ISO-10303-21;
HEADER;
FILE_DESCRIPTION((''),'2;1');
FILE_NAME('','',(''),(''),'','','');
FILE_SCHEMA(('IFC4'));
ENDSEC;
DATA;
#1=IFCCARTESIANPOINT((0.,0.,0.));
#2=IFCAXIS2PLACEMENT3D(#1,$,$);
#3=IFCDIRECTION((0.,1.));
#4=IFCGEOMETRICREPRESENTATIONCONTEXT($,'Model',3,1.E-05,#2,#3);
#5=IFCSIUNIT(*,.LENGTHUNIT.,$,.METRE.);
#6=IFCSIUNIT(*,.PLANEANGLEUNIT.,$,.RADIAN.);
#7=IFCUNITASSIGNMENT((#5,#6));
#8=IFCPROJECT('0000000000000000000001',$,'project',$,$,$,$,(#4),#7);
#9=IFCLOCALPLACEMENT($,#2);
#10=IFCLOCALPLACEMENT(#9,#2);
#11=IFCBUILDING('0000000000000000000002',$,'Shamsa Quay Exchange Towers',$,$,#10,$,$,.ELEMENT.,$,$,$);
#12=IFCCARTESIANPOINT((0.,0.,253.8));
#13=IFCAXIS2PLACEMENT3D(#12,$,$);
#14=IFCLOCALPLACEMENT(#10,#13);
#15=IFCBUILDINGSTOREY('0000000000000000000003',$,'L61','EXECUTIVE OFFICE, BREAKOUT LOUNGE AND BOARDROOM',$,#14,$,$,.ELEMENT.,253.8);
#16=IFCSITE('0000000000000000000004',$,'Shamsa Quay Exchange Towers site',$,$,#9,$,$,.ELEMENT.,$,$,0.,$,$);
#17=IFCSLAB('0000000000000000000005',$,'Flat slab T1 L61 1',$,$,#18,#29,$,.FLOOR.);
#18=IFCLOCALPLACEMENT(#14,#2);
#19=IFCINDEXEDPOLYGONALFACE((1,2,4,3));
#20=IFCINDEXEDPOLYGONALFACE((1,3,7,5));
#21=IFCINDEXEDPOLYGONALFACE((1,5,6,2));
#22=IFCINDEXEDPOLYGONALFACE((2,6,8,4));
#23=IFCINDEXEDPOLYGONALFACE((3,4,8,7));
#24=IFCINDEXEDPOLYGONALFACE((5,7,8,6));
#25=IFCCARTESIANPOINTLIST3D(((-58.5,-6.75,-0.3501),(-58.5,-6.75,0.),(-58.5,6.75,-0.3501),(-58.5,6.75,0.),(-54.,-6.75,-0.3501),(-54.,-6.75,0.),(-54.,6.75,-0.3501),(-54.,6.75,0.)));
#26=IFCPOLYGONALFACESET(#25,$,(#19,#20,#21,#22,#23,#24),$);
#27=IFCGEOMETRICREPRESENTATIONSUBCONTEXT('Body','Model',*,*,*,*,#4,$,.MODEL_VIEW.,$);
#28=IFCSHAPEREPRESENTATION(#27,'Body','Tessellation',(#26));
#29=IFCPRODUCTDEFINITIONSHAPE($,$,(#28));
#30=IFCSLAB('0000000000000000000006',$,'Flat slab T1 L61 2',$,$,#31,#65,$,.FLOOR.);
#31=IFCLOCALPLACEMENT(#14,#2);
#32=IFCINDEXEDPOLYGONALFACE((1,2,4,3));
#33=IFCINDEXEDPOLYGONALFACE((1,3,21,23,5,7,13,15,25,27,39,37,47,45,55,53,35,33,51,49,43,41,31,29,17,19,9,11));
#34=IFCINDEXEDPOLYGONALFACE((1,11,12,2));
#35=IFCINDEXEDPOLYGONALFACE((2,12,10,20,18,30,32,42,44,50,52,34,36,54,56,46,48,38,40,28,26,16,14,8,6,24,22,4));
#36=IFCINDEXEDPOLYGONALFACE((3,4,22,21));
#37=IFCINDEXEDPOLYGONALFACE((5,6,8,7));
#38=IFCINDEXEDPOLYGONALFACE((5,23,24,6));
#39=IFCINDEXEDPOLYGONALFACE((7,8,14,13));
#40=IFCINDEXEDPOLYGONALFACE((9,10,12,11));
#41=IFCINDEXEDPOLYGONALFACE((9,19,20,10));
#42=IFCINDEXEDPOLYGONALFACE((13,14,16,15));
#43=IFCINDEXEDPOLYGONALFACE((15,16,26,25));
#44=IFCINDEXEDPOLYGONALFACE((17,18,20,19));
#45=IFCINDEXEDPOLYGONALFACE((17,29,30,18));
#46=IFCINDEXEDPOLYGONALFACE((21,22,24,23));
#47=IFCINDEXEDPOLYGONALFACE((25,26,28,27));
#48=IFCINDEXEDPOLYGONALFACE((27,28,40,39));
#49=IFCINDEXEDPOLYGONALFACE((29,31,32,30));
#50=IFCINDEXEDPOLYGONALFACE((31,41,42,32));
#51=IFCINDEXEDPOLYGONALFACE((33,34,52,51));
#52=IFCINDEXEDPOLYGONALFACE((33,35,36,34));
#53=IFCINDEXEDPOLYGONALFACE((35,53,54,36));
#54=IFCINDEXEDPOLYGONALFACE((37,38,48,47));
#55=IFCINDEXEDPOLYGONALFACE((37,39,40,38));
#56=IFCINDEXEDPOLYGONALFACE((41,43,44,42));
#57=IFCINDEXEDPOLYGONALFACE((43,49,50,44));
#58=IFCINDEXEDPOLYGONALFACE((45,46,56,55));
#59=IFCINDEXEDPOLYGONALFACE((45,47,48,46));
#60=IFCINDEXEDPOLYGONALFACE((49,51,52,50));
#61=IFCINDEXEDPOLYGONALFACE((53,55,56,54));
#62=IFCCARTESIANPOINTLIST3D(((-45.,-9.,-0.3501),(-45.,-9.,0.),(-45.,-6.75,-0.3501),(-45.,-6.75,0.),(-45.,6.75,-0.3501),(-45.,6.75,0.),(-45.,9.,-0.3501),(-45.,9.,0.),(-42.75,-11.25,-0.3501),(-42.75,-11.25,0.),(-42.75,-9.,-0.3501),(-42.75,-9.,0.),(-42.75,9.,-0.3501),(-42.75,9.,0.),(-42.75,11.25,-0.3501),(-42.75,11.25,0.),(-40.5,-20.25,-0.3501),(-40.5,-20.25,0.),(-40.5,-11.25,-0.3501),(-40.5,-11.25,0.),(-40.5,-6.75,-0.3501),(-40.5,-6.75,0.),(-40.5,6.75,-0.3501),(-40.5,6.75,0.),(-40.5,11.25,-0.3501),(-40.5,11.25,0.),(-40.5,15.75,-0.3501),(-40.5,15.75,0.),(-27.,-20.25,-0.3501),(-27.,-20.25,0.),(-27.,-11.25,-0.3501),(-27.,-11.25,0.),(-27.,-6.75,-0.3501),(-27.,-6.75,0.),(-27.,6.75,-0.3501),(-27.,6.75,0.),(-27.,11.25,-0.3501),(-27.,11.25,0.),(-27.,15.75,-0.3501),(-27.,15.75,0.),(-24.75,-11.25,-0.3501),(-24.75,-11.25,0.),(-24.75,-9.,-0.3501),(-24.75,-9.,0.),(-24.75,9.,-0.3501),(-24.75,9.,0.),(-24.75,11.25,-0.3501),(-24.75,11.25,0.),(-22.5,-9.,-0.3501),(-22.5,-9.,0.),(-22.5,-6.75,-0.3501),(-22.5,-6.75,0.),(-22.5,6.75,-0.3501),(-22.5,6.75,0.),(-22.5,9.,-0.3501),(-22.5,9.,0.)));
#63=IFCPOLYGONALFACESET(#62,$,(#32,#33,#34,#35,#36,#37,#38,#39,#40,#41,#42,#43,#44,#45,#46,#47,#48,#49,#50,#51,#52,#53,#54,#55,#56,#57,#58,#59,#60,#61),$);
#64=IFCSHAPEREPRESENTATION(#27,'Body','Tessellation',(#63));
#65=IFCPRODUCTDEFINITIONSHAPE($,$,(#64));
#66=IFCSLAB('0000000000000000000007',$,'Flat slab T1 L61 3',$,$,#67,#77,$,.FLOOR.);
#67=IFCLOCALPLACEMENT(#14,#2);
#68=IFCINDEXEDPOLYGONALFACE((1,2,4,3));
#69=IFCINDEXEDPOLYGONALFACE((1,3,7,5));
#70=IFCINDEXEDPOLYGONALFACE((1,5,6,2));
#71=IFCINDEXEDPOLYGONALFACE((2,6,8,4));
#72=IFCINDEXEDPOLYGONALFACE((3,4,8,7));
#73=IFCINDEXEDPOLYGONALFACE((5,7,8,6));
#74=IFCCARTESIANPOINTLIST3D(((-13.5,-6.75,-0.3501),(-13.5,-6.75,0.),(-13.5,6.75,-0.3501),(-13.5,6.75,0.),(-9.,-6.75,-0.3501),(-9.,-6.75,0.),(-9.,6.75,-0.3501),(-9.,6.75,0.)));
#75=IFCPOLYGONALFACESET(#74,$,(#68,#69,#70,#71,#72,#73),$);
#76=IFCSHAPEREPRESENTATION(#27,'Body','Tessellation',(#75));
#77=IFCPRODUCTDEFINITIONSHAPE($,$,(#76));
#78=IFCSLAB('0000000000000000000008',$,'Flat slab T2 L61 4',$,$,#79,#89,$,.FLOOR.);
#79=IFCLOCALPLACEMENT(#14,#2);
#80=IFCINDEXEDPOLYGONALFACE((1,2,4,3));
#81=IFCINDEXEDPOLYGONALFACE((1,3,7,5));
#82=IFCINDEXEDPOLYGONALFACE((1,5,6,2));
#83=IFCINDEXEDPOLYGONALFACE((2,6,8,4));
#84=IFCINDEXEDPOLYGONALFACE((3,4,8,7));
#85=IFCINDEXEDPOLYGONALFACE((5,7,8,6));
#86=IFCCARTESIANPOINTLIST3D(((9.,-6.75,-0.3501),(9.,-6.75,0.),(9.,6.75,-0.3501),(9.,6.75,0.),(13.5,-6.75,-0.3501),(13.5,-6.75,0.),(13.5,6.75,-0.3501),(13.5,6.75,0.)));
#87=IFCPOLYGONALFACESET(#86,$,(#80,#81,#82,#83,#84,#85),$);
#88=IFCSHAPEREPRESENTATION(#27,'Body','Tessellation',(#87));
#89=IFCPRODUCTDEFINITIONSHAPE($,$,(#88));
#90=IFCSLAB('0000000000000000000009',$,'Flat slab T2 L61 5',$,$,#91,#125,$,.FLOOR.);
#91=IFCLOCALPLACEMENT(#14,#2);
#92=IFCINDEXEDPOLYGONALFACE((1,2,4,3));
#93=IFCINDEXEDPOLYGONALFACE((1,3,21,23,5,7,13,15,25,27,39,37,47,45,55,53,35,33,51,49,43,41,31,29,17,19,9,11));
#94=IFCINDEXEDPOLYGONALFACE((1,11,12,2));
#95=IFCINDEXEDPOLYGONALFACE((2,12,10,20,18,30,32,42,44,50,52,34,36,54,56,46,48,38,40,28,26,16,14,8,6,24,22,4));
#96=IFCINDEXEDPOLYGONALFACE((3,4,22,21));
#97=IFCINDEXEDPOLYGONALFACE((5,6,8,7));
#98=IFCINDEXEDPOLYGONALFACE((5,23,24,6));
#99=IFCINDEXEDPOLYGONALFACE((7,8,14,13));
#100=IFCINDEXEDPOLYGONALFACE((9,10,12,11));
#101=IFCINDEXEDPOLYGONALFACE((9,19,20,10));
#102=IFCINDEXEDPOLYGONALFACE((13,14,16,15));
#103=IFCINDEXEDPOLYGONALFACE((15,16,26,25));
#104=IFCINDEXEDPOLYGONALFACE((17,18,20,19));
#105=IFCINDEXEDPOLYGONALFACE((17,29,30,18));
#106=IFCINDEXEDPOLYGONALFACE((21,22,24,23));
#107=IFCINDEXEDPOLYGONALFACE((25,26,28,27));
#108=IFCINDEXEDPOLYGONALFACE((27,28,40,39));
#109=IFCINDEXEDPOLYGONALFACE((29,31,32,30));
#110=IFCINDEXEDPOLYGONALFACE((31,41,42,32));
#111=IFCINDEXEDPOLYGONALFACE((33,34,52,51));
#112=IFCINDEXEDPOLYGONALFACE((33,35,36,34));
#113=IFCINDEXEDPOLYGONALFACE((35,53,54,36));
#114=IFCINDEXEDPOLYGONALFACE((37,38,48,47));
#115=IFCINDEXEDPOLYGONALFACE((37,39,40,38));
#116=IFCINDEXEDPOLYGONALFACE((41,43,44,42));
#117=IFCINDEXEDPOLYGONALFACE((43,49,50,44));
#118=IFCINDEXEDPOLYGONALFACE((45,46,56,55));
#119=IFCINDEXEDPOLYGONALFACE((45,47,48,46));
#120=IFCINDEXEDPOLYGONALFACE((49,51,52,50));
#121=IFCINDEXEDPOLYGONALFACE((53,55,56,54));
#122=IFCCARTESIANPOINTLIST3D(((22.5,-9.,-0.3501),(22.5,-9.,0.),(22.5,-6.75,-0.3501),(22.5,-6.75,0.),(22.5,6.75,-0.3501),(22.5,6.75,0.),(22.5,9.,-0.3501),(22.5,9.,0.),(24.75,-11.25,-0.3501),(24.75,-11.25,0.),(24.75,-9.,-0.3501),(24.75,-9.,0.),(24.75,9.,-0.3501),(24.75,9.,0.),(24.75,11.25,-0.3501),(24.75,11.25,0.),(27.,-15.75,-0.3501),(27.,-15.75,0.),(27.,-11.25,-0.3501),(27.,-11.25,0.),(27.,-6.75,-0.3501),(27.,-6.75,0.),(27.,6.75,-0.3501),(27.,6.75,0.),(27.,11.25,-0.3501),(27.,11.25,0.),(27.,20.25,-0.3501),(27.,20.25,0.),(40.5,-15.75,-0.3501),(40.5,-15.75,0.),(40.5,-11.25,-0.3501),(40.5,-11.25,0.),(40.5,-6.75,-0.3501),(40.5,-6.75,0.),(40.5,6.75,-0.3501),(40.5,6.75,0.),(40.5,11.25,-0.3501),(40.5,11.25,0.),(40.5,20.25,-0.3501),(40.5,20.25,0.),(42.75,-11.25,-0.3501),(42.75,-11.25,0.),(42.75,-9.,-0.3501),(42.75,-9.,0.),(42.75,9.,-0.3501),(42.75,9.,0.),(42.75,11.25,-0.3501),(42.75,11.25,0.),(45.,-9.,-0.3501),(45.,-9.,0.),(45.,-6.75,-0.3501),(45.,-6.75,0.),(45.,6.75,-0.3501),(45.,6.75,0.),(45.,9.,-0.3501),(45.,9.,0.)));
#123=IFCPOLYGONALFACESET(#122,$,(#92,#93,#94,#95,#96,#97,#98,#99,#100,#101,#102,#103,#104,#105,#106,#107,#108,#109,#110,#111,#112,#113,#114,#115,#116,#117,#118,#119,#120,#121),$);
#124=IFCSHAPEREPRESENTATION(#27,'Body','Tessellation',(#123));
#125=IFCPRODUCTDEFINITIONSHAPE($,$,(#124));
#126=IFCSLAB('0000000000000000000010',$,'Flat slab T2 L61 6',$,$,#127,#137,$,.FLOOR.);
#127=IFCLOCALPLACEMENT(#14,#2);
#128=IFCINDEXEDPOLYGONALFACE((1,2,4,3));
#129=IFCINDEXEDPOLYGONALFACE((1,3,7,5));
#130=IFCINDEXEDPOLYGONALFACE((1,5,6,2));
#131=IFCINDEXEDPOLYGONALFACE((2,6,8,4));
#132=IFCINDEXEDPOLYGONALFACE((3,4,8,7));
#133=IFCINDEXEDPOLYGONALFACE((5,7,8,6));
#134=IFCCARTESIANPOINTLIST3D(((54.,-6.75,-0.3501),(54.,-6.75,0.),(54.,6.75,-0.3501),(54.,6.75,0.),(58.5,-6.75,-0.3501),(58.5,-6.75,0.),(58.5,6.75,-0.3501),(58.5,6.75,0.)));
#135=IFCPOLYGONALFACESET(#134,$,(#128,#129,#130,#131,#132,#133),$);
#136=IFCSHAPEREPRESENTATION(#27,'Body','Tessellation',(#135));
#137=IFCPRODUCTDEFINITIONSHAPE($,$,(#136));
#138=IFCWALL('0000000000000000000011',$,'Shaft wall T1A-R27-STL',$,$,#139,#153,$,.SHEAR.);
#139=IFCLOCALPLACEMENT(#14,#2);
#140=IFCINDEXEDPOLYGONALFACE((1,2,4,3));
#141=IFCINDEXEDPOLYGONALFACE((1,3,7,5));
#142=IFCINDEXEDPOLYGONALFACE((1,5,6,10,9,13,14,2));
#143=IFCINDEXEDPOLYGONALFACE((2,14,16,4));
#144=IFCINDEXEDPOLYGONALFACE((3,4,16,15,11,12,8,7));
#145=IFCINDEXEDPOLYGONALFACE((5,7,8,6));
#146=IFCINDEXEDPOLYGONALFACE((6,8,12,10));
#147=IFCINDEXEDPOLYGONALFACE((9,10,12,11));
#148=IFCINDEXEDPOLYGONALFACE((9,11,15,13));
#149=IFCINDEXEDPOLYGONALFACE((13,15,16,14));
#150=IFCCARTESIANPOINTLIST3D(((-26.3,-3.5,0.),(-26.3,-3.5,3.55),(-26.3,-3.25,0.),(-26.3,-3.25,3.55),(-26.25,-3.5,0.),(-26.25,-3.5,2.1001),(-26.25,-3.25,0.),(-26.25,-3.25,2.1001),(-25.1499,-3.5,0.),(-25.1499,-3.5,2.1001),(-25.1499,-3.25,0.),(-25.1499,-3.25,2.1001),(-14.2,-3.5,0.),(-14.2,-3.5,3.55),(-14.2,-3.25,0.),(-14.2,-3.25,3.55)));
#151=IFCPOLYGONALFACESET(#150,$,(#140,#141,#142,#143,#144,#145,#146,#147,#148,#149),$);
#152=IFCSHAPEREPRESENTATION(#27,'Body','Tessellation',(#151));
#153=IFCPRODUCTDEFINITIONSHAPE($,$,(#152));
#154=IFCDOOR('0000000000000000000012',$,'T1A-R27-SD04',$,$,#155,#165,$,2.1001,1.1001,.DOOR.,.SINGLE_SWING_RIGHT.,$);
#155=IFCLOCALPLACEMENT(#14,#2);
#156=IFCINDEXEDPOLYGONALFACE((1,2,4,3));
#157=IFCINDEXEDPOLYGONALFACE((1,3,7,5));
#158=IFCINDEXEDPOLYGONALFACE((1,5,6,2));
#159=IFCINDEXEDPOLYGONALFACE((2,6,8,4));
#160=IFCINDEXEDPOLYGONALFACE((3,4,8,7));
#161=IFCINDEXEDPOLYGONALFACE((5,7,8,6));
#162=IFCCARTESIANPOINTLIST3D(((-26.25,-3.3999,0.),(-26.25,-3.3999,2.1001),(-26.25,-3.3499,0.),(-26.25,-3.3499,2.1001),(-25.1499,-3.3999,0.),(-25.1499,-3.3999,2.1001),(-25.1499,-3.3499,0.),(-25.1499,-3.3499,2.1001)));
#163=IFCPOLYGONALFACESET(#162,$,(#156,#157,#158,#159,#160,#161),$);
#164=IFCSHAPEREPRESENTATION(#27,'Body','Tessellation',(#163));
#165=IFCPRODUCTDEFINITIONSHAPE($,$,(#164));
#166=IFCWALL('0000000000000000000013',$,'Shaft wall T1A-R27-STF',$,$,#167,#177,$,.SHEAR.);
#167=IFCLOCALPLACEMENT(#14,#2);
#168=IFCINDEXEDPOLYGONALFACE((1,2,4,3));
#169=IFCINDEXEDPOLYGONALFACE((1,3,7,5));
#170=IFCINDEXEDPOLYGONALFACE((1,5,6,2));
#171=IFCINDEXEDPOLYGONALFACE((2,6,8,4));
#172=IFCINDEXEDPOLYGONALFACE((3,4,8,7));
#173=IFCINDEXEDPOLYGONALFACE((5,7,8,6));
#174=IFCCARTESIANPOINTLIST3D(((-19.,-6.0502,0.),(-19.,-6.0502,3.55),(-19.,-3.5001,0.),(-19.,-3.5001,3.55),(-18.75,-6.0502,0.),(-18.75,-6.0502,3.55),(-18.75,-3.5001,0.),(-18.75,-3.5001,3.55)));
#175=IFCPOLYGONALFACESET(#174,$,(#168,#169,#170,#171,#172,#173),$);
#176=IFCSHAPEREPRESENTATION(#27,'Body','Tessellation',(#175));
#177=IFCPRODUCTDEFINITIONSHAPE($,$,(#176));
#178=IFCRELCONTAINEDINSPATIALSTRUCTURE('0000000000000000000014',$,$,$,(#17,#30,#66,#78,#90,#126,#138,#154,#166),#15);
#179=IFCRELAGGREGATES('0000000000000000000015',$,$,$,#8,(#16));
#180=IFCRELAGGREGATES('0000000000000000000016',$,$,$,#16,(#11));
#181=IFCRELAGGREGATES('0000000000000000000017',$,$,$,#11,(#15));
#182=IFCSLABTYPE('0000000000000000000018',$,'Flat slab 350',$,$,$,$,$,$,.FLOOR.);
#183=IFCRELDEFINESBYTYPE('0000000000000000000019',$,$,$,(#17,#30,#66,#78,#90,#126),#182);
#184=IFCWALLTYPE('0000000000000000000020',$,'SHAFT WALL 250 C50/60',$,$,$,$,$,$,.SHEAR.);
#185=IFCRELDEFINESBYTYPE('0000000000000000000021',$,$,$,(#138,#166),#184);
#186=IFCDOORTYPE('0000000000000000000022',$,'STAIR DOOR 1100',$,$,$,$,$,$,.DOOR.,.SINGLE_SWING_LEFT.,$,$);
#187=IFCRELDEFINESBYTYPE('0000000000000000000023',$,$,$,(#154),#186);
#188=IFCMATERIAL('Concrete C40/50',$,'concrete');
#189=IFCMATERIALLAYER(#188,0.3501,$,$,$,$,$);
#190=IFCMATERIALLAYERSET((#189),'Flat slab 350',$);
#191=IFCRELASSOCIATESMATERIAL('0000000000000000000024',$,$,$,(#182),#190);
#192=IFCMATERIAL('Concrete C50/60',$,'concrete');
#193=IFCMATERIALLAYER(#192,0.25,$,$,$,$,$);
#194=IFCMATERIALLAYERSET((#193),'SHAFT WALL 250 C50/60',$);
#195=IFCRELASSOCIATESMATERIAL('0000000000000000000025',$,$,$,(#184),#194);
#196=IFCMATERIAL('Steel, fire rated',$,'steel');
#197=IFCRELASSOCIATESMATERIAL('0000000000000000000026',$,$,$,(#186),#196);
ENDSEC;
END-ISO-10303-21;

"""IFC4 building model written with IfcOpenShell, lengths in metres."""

from ifc_helpers import new_model, si_unit, direction, frame, frame_2d, origin, place, context, subcontext, project, spatial, polyline, rectangle, outline, extrude, material, layer, layer_set, type_object, element, fill, save


model = new_model("IFC4")

# Units and contexts
model_context = context("Model", 3, precision=1e-05, world=origin(), true_north=direction((0.0, 1.0)))
body_context = subcontext(model_context, "Body", "Model", "MODEL_VIEW")
ifc_project = project(units=[si_unit("LENGTHUNIT", "METRE"), si_unit("PLANEANGLEUNIT", "RADIAN")], contexts=[model_context])

# Site, building, storey
site_placement = place(None, origin())
site = spatial("IfcSite", under=ifc_project, at=site_placement, Name="Shamsa Quay Exchange Towers site", CompositionType="ELEMENT", RefElevation=0.0)
building_placement = place(site_placement, origin())
building = spatial("IfcBuilding", under=site, at=building_placement, Name="Shamsa Quay Exchange Towers", CompositionType="ELEMENT")
storey_placement = place(building_placement, frame((0.0, 0.0, 253.8)))
storey = spatial("IfcBuildingStorey", under=building, at=storey_placement, Name="L61", Description="EXECUTIVE OFFICE, BREAKOUT LOUNGE AND BOARDROOM", CompositionType="ELEMENT", Elevation=253.8)

# Slabs
ifc_material_1 = material(Name="Concrete C40/50", Category="concrete")
ifc_layer_1 = layer(ifc_material_1, 0.3501)
ifc_layer_set_1 = layer_set([ifc_layer_1], Name="Flat slab 350")
slab_type_1 = type_object("IfcSlabType", Name="Flat slab 350", PredefinedType="FLOOR", material=ifc_layer_set_1)
slab_1_placement = place(storey_placement, frame((0.0, 0.0, -0.3501)))
element("IfcSlab", 1, at=slab_1_placement, inside=storey, type_object=slab_type_1, Name="Flat slab T1 L61 1", PredefinedType="FLOOR", context=body_context, shape_type="SweptSolid", body=[
    extrude(outline(polyline([(-58.5, -6.75), (-54.0, -6.75), (-54.0, 6.75), (-58.5, 6.75), (-58.5, -6.75)])), origin(), (0.0, 0.0, 1.0), 0.3501),
])
slab_2_placement = place(storey_placement, frame((0.0, 0.0, -0.3501)))
element("IfcSlab", 2, at=slab_2_placement, inside=storey, type_object=slab_type_1, Name="Flat slab T1 L61 2", PredefinedType="FLOOR", context=body_context, shape_type="SweptSolid", body=[
    extrude(outline(polyline([(-22.5, -9.0), (-22.5, -6.75), (-27.0, -6.75), (-27.0, 6.75), (-22.5, 6.75), (-22.5, 9.0), (-24.75, 9.0), (-24.75, 11.25), (-27.0, 11.25), (-27.0, 15.75), (-40.5, 15.75), (-40.5, 11.25), (-42.75, 11.25), (-42.75, 9.0), (-45.0, 9.0), (-45.0, 6.75), (-40.5, 6.75), (-40.5, -6.75), (-45.0, -6.75), (-45.0, -9.0), (-42.75, -9.0), (-42.75, -11.25), (-40.5, -11.25), (-40.5, -20.25), (-27.0, -20.25), (-27.0, -11.25), (-24.75, -11.25), (-24.75, -9.0), (-22.5, -9.0)])), origin(), (0.0, 0.0, 1.0), 0.3501),
])
slab_3_placement = place(storey_placement, frame((0.0, 0.0, -0.3501)))
element("IfcSlab", 3, at=slab_3_placement, inside=storey, type_object=slab_type_1, Name="Flat slab T1 L61 3", PredefinedType="FLOOR", context=body_context, shape_type="SweptSolid", body=[
    extrude(outline(polyline([(-9.0, 6.75), (-13.5, 6.75), (-13.5, -6.75), (-9.0, -6.75), (-9.0, 6.75)])), origin(), (0.0, 0.0, 1.0), 0.3501),
])
slab_4_placement = place(storey_placement, frame((0.0, 0.0, -0.3501)))
element("IfcSlab", 4, at=slab_4_placement, inside=storey, type_object=slab_type_1, Name="Flat slab T2 L61 4", PredefinedType="FLOOR", context=body_context, shape_type="SweptSolid", body=[
    extrude(outline(polyline([(9.0, -6.75), (13.5, -6.75), (13.5, 6.75), (9.0, 6.75), (9.0, -6.75)])), origin(), (0.0, 0.0, 1.0), 0.3501),
])
slab_5_placement = place(storey_placement, frame((0.0, 0.0, -0.3501)))
element("IfcSlab", 5, at=slab_5_placement, inside=storey, type_object=slab_type_1, Name="Flat slab T2 L61 5", PredefinedType="FLOOR", context=body_context, shape_type="SweptSolid", body=[
    extrude(outline(polyline([(45.0, -9.0), (45.0, -6.75), (40.5, -6.75), (40.5, 6.75), (45.0, 6.75), (45.0, 9.0), (42.75, 9.0), (42.75, 11.25), (40.5, 11.25), (40.5, 20.25), (27.0, 20.25), (27.0, 11.25), (24.75, 11.25), (24.75, 9.0), (22.5, 9.0), (22.5, 6.75), (27.0, 6.75), (27.0, -6.75), (22.5, -6.75), (22.5, -9.0), (24.75, -9.0), (24.75, -11.25), (27.0, -11.25), (27.0, -15.75), (40.5, -15.75), (40.5, -11.25), (42.75, -11.25), (42.75, -9.0), (45.0, -9.0)])), origin(), (0.0, 0.0, 1.0), 0.3501),
])
slab_6_placement = place(storey_placement, frame((0.0, 0.0, -0.3501)))
element("IfcSlab", 6, at=slab_6_placement, inside=storey, type_object=slab_type_1, Name="Flat slab T2 L61 6", PredefinedType="FLOOR", context=body_context, shape_type="SweptSolid", body=[
    extrude(outline(polyline([(58.5, 6.75), (54.0, 6.75), (54.0, -6.75), (58.5, -6.75), (58.5, 6.75)])), origin(), (0.0, 0.0, 1.0), 0.3501),
])

# Wall, opening, door
ifc_material_2 = material(Name="Concrete C50/60", Category="concrete")
ifc_layer_2 = layer(ifc_material_2, 0.25)
ifc_layer_set_2 = layer_set([ifc_layer_2], Name="SHAFT WALL 250 C50/60")
wall_type = type_object("IfcWallType", Name="SHAFT WALL 250 C50/60", PredefinedType="SHEAR", material=ifc_layer_set_2)
wall_1_placement = place(storey_placement, frame((-14.2, -3.375, 0.0), z_axis=(0.0, 0.0, 1.0), x_axis=(-1.0, 0.0, 0.0)))
wall_1 = element("IfcWall", 7, at=wall_1_placement, inside=storey, type_object=wall_type, Name="Shaft wall T1A-R27-STL", PredefinedType="SHEAR", context=body_context, shape_type="SweptSolid", body=[
    extrude(rectangle(XDim=12.1001, YDim=0.25, at=frame_2d((6.05, 0.0))), origin(), (0.0, 0.0, 1.0), 3.55),
])
opening_1_placement = place(wall_1_placement, frame((10.95, 0.0, 0.0)))
opening_1 = element("IfcOpeningElement", 8, at=opening_1_placement, cuts=wall_1, PredefinedType="OPENING", context=body_context, shape_type="SweptSolid", body=[
    extrude(rectangle(XDim=1.1001, YDim=2.1001, at=frame_2d((0.55, 1.05))), frame((0.0, 0.135, 0.0), z_axis=(0.0, -1.0, 0.0), x_axis=(1.0, 0.0, 0.0)), (0.0, 0.0, 1.0), 0.27),
])
ifc_material_3 = material(Name="Steel, fire rated", Category="steel")
door_type_1 = type_object("IfcDoorType", Name="STAIR DOOR 1100", OperationType="SINGLE_SWING_LEFT", PredefinedType="DOOR", material=ifc_material_3)
door_1_placement = place(opening_1_placement, origin())
door_1 = element("IfcDoor", 9, at=door_1_placement, inside=storey, type_object=door_type_1, Name="T1A-R27-SD04", OperationType="SINGLE_SWING_RIGHT", OverallHeight=2.1001, OverallWidth=1.1001, PredefinedType="DOOR", context=body_context, shape_type="SweptSolid", body=[
    extrude(rectangle(XDim=1.1001, YDim=2.1001, at=frame_2d((0.55, 1.05))), frame((0.0, 0.0249, 0.0), z_axis=(0.0, -1.0, 0.0), x_axis=(1.0, 0.0, 0.0)), (0.0, 0.0, 1.0), 0.05),
])
fill(opening_1, door_1)

# Wall
wall_2_placement = place(storey_placement, frame((-18.875, -6.05, 0.0), z_axis=(0.0, 0.0, 1.0), x_axis=(0.0, 1.0, 0.0)))
element("IfcWall", 10, at=wall_2_placement, inside=storey, type_object=wall_type, Name="Shaft wall T1A-R27-STF", PredefinedType="SHEAR", context=body_context, shape_type="SweptSolid", body=[
    extrude(rectangle(XDim=2.55, YDim=0.25, at=frame_2d((1.2749, 0.0))), origin(), (0.0, 0.0, 1.0), 3.55),
])

save(model, "model.ifc")
